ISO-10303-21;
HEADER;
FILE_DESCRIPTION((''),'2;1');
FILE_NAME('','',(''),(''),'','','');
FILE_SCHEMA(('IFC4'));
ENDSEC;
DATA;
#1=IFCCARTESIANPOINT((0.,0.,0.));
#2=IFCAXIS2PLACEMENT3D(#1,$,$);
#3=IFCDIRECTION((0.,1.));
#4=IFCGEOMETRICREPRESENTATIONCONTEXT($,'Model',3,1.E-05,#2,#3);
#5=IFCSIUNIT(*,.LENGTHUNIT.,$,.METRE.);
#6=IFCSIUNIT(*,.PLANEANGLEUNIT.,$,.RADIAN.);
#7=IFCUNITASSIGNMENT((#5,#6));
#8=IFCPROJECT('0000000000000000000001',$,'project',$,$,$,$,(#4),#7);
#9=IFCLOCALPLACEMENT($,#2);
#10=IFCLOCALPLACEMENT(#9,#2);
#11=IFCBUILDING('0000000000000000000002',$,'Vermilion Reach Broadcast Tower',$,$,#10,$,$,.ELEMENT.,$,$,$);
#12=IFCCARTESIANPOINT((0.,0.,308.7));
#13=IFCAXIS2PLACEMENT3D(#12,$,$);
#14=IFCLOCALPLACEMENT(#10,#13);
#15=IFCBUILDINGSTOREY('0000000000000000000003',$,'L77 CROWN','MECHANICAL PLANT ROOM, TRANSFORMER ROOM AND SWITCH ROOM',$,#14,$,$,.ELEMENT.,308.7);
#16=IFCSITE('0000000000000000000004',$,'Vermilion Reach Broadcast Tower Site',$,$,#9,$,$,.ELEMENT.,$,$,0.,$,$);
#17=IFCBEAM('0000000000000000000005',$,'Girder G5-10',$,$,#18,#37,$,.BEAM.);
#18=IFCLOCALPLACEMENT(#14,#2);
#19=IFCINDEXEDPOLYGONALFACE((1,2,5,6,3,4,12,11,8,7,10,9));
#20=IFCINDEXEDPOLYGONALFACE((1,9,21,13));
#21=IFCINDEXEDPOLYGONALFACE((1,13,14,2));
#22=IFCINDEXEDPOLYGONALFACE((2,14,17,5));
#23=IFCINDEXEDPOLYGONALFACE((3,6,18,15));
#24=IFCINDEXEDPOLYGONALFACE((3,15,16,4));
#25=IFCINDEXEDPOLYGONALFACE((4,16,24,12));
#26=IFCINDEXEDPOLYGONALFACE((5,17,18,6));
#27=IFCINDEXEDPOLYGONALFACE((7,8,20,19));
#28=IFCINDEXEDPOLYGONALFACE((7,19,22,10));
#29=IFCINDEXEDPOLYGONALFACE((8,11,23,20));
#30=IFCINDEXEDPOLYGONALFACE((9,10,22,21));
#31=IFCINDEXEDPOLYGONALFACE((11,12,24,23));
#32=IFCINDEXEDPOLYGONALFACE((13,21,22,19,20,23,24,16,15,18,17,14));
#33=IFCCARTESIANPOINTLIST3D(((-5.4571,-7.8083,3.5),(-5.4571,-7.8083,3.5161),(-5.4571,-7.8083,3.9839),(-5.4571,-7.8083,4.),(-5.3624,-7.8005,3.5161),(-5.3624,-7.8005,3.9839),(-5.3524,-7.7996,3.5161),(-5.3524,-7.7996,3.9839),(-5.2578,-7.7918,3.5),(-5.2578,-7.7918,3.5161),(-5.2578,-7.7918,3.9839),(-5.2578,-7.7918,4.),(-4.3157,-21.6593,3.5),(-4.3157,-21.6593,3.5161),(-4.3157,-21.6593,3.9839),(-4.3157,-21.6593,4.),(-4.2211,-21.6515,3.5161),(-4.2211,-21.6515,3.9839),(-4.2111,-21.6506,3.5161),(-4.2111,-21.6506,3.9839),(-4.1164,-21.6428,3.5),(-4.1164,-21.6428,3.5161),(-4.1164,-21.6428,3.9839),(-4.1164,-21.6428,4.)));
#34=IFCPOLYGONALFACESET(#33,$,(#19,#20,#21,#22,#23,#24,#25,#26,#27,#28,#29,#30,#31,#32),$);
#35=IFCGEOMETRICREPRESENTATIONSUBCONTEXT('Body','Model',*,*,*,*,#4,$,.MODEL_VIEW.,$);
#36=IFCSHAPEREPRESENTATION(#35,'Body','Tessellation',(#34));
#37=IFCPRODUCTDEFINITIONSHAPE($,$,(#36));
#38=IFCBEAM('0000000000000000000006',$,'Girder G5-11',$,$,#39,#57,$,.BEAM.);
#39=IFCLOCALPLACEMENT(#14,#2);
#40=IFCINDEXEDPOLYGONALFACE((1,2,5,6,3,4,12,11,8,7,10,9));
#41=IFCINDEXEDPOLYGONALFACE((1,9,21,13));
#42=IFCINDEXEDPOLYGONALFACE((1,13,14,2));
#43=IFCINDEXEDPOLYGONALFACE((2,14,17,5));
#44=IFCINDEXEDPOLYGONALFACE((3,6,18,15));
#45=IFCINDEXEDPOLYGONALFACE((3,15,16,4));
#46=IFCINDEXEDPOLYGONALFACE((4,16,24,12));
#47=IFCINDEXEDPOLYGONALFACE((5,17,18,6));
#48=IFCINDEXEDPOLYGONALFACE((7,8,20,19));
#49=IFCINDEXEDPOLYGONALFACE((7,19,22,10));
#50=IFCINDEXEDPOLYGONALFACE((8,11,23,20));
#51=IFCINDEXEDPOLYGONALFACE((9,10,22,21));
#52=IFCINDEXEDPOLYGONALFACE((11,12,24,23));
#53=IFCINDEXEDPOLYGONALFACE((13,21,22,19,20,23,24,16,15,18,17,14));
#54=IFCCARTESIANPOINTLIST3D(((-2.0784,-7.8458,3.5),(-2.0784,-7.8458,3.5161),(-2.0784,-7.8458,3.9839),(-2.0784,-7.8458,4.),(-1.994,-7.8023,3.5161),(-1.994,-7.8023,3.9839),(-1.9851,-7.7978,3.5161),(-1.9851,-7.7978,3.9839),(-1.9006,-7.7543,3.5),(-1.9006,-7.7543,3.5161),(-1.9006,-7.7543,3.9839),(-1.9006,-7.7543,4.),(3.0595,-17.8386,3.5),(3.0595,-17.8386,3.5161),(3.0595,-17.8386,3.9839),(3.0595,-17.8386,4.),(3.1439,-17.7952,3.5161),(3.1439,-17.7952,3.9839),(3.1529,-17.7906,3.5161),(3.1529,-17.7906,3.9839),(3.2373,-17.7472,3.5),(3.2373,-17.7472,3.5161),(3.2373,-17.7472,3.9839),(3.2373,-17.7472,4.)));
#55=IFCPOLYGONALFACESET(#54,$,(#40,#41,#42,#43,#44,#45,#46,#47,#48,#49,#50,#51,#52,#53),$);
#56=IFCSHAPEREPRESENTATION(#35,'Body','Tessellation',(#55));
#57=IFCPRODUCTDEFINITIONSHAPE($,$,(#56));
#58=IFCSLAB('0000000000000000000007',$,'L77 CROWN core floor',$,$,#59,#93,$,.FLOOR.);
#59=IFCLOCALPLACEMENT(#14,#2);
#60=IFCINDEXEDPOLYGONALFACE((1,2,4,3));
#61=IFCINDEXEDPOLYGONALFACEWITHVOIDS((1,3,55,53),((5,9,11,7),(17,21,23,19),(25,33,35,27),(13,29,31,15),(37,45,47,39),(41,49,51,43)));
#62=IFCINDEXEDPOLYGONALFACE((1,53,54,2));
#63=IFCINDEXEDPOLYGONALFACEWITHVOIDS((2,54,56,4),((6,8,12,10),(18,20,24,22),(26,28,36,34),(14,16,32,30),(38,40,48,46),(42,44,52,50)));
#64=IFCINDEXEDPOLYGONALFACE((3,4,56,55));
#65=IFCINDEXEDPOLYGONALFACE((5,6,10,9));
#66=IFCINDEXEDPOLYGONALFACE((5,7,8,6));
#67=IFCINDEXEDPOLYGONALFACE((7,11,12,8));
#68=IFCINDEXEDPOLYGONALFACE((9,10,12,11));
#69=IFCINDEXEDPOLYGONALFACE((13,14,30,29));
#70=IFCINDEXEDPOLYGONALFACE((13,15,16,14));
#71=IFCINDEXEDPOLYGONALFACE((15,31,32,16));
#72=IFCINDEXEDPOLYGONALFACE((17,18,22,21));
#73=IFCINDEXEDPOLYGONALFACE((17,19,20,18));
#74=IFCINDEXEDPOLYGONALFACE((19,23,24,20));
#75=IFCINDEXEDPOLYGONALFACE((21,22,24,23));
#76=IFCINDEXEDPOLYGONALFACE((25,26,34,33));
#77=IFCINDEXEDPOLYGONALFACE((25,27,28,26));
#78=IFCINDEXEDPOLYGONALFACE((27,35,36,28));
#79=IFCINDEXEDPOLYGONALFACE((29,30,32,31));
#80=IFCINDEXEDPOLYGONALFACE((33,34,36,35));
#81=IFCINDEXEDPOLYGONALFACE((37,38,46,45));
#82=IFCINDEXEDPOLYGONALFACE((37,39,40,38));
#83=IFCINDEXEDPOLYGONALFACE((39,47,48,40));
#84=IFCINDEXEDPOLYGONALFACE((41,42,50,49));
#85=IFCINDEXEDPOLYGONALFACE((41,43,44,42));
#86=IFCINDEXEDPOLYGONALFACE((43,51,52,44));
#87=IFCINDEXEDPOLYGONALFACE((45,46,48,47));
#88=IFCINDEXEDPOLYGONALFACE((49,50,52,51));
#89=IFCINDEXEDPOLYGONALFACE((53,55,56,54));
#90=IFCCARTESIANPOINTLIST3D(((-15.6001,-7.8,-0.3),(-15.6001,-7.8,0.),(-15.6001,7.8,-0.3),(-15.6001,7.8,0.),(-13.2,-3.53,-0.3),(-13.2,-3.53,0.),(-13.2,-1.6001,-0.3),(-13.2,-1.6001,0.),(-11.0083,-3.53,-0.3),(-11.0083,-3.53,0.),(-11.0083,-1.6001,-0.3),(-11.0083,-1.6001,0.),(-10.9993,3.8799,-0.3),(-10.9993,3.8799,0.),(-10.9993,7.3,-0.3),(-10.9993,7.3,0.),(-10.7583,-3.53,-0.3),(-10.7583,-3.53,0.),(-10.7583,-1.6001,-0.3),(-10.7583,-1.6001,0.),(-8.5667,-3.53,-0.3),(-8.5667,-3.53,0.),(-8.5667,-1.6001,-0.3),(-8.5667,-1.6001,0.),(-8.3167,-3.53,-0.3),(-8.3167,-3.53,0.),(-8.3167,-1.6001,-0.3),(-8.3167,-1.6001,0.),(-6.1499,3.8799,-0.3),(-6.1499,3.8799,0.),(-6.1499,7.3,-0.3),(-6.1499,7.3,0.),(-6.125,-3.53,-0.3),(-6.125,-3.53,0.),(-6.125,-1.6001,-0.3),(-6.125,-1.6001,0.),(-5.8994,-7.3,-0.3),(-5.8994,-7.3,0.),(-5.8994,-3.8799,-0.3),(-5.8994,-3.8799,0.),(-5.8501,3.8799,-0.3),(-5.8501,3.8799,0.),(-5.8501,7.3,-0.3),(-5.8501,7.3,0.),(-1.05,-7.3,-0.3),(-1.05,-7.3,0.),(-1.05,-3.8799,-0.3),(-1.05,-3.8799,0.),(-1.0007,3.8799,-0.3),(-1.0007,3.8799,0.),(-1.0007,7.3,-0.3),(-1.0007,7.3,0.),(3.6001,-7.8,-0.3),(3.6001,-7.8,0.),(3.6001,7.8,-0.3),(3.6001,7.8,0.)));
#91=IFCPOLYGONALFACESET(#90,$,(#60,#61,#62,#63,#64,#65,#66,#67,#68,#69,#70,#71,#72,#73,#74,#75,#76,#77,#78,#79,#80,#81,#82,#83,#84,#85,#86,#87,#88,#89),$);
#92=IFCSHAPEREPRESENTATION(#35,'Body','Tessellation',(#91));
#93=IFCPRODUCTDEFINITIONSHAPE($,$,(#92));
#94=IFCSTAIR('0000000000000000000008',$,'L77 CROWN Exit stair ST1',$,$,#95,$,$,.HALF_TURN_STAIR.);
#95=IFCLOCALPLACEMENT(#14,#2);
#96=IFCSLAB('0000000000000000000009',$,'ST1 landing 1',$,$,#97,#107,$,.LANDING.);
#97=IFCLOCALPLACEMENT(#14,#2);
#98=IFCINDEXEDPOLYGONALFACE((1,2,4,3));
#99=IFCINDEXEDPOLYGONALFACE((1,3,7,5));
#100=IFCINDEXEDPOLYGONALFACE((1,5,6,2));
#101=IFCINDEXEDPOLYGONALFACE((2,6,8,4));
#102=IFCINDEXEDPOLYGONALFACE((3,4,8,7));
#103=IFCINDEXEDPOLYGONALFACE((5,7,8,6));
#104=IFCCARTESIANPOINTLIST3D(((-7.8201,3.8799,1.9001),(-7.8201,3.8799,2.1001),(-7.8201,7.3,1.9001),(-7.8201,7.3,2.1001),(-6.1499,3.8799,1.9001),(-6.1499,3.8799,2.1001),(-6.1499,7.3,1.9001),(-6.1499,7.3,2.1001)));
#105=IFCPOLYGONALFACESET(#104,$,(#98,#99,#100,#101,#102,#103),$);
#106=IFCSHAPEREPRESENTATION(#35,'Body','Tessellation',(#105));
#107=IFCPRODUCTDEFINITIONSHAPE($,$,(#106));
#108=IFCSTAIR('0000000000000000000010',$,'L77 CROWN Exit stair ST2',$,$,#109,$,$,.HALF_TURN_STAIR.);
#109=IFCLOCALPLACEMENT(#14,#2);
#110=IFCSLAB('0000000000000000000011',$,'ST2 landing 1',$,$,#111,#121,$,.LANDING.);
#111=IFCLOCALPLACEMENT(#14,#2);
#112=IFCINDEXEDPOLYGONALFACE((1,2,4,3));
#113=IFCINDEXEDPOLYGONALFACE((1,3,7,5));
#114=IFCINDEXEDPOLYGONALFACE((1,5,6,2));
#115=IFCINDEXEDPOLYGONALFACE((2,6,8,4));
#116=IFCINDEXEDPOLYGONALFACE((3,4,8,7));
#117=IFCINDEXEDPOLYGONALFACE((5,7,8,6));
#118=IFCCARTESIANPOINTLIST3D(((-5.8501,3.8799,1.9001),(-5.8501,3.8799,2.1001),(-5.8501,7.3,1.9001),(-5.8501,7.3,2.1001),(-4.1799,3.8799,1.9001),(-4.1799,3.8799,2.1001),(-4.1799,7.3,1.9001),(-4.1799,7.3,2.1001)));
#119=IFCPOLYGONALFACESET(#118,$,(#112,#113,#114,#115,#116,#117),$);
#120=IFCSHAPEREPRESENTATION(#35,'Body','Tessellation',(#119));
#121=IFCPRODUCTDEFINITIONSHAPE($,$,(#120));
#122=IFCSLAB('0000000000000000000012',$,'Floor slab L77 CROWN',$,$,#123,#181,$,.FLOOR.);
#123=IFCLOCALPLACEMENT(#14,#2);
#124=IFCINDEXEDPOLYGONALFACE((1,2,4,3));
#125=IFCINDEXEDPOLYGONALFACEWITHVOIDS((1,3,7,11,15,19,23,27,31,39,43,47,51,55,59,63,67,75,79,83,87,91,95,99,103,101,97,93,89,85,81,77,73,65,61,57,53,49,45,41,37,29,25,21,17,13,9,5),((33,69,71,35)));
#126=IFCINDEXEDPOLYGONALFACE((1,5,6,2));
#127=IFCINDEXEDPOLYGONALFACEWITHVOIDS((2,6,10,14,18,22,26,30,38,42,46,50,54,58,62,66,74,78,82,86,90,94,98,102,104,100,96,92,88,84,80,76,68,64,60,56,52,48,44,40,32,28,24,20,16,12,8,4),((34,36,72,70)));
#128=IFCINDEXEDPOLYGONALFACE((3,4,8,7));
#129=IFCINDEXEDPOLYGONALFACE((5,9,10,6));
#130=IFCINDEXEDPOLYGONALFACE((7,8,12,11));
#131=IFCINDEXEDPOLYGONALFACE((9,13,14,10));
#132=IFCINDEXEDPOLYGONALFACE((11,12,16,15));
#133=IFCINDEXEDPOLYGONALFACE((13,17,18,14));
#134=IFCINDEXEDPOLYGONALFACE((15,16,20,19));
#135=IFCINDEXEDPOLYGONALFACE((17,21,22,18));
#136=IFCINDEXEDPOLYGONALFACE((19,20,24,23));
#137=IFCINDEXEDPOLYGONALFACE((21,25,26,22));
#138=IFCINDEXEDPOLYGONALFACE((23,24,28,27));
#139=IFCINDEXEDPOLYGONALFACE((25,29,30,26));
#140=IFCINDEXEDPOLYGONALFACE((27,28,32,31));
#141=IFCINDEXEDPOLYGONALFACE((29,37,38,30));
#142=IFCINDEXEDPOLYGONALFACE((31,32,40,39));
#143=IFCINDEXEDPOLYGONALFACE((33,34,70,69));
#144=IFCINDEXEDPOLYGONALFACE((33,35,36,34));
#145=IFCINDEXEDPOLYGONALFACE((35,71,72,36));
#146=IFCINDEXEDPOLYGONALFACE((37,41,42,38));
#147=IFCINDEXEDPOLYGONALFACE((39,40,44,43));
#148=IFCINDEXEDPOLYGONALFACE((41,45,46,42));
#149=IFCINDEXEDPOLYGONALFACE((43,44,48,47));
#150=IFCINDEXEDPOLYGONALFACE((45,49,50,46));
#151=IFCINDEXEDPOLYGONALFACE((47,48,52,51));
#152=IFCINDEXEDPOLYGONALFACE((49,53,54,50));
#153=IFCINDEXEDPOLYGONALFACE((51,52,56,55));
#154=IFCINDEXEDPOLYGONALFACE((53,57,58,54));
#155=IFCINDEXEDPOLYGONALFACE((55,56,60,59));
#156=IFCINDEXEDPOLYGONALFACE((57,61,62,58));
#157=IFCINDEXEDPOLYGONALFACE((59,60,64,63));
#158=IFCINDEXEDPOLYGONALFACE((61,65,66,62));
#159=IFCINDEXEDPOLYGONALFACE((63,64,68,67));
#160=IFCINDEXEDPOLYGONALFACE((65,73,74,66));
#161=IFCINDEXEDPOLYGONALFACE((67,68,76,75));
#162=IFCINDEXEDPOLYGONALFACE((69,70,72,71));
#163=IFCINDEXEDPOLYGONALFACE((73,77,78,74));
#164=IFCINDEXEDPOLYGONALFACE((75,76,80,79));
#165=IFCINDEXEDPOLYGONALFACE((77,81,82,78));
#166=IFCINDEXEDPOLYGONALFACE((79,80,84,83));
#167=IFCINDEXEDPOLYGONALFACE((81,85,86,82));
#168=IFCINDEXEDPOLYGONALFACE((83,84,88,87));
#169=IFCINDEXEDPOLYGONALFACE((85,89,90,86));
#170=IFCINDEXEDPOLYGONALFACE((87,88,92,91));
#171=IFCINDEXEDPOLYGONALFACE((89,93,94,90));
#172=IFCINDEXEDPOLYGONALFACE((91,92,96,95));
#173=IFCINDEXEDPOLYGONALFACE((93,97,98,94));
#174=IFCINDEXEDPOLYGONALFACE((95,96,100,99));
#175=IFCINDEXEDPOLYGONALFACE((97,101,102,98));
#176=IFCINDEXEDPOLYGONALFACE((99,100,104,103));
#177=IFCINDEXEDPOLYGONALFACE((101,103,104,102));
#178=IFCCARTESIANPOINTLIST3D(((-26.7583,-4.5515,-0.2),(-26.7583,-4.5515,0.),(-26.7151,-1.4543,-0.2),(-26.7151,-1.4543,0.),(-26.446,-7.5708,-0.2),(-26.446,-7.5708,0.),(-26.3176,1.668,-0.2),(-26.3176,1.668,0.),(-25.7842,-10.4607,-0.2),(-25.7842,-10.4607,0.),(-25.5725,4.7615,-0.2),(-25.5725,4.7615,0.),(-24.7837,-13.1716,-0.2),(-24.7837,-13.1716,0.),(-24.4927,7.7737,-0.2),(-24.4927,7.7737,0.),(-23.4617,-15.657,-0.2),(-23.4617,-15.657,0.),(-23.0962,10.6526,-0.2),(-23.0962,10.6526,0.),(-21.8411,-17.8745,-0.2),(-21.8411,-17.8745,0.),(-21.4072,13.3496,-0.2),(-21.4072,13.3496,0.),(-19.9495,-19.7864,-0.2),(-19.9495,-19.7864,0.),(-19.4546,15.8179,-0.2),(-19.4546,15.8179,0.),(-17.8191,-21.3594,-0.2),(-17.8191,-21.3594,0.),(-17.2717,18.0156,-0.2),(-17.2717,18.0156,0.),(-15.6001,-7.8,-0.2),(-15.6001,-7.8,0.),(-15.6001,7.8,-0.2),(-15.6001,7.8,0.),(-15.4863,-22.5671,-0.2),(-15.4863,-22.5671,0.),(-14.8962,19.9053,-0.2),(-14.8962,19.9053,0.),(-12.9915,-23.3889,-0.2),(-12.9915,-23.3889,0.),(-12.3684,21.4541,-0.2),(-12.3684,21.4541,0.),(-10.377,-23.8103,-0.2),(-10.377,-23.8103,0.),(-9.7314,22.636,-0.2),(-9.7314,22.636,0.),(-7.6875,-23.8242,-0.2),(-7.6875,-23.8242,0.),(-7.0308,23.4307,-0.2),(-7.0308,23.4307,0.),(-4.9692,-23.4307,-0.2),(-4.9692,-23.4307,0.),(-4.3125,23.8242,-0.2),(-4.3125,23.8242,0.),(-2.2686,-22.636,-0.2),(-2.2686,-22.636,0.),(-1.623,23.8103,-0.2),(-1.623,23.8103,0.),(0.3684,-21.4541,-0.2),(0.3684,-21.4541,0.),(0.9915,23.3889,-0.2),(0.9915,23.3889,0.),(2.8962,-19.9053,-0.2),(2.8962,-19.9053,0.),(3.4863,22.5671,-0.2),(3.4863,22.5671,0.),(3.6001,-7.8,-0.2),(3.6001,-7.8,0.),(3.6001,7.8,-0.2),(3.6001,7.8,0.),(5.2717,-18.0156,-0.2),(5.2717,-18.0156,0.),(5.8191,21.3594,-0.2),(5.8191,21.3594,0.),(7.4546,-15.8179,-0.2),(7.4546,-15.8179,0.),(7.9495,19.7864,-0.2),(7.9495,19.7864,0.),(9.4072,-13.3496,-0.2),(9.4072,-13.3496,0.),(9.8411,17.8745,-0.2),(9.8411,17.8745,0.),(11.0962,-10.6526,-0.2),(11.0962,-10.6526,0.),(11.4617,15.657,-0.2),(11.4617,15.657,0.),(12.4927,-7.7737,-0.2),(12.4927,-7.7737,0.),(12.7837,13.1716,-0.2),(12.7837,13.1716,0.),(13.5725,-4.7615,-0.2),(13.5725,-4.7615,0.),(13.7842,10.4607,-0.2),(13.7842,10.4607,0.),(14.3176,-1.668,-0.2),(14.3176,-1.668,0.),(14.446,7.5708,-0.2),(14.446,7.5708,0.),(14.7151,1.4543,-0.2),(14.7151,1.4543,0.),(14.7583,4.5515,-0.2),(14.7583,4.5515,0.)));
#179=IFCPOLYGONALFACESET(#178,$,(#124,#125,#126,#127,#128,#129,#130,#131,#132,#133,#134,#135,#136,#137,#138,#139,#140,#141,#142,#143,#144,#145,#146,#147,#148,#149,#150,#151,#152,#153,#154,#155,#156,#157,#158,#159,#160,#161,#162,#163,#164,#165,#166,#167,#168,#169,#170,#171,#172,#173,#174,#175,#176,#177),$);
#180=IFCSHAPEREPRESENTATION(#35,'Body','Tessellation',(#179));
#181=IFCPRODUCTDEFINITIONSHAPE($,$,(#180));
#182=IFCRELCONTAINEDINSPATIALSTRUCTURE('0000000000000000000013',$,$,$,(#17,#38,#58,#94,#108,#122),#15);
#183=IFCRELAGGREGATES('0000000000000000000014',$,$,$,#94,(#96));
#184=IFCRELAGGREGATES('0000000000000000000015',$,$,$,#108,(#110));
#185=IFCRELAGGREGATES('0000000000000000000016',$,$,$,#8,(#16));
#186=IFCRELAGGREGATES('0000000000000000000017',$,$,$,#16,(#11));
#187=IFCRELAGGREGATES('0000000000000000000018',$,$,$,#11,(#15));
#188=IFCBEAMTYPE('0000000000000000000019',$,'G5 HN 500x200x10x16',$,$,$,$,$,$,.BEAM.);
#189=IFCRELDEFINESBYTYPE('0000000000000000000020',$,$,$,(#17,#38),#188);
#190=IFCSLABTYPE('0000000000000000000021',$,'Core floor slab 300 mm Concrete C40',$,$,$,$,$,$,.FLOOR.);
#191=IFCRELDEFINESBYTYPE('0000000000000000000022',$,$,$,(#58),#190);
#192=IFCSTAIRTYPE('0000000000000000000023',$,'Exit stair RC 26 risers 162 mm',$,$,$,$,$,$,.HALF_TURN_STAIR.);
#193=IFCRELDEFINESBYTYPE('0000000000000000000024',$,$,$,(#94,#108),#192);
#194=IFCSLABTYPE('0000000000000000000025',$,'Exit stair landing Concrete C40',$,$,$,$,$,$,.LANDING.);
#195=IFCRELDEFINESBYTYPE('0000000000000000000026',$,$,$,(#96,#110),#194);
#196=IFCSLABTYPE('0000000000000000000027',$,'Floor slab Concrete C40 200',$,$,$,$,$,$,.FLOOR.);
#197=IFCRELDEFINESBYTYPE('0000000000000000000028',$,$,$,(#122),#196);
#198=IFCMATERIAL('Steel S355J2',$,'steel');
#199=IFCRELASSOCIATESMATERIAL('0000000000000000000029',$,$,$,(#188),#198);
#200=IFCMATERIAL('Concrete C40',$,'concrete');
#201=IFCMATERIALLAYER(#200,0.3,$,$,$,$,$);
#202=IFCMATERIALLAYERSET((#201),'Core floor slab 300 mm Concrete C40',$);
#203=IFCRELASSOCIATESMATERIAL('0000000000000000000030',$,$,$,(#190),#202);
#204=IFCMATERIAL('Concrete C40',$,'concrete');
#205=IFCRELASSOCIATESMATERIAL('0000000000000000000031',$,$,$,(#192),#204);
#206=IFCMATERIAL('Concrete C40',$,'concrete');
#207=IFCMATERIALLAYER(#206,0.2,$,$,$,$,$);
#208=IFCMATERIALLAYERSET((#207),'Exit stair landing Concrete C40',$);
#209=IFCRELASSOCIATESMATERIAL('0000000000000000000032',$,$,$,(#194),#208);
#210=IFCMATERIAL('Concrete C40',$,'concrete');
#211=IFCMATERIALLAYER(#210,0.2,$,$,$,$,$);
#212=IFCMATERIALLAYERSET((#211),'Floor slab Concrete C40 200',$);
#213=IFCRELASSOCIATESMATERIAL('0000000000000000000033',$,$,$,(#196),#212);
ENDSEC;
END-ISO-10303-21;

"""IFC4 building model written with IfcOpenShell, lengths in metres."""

from ifc_helpers import new_model, si_unit, direction, frame, origin, origin_2d, place, context, subcontext, project, spatial, polyline, i_section, outline, extrude, material, layer, layer_set, material_profile, profile_set, type_object, element, aggregate, save


model = new_model("IFC4")

# Units and contexts
model_context = context("Model", 3, precision=1e-05, world=origin(), true_north=direction((0.0, 1.0)))
body_context = subcontext(model_context, "Body", "Model", "MODEL_VIEW")
ifc_project = project(units=[si_unit("LENGTHUNIT", "METRE"), si_unit("PLANEANGLEUNIT", "RADIAN")], contexts=[model_context])

# Site, building, storey
site_placement = place(None, origin())
site = spatial("IfcSite", under=ifc_project, at=site_placement, Name="Vermilion Reach Broadcast Tower Site", CompositionType="ELEMENT", RefElevation=0.0)
building_placement = place(site_placement, origin())
building = spatial("IfcBuilding", under=site, at=building_placement, Name="Vermilion Reach Broadcast Tower", CompositionType="ELEMENT")
storey_placement = place(building_placement, frame((0.0, 0.0, 308.7)))
storey = spatial("IfcBuildingStorey", under=building, at=storey_placement, Name="L77 CROWN", Description="MECHANICAL PLANT ROOM, TRANSFORMER ROOM AND SWITCH ROOM", CompositionType="ELEMENT", Elevation=308.7)

# Beams
ifc_material_1 = material(Name="Steel S355J2", Category="steel")
ifc_material_profile = material_profile(ifc_material_1, i_section(OverallWidth=0.2, OverallDepth=0.5, WebThickness=0.01, FlangeThickness=0.0161, at=origin_2d()), Name="S355J2 HN 500x200x10x16")
ifc_profile_set = profile_set([ifc_material_profile], Name="Steel S355J2")
beam_type = type_object("IfcBeamType", Name="G5 HN 500x200x10x16", PredefinedType="BEAM", material=ifc_profile_set)
beam_1_placement = place(storey_placement, frame((-5.3574, -7.8, 3.75), z_axis=(0.082124, -0.996622, 0.0), x_axis=(0.996622, 0.082124, 0.0)))
element("IfcBeam", 1, at=beam_1_placement, inside=storey, type_object=beam_type, Name="Girder G5-10", PredefinedType="BEAM", context=body_context, shape_type="SweptSolid", body=[
    extrude(i_section(OverallWidth=0.2, OverallDepth=0.5, WebThickness=0.01, FlangeThickness=0.0161, at=origin_2d()), origin(), (0.0, 0.0, 1.0), 13.8979),
])
beam_2_placement = place(storey_placement, frame((-1.9895, -7.8, 3.75), z_axis=(0.457258, -0.889334, 0.0), x_axis=(0.889334, 0.457258, 0.0)))
element("IfcBeam", 2, at=beam_2_placement, inside=storey, type_object=beam_type, Name="Girder G5-11", PredefinedType="BEAM", context=body_context, shape_type="SweptSolid", body=[
    extrude(i_section(OverallWidth=0.2, OverallDepth=0.5, WebThickness=0.01, FlangeThickness=0.0161, at=origin_2d()), origin(), (0.0, 0.0, 1.0), 11.2363),
])

# Slab
ifc_material_2 = material(Name="Concrete C40", Category="concrete")
ifc_layer_1 = layer(ifc_material_2, 0.3)
ifc_layer_set_1 = layer_set([ifc_layer_1], Name="Core floor slab 300 mm Concrete C40")
slab_type_1 = type_object("IfcSlabType", Name="Core floor slab 300 mm Concrete C40", PredefinedType="FLOOR", material=ifc_layer_set_1)
slab_1_placement = place(storey_placement, frame((0.0, 0.0, -0.3)))
element("IfcSlab", 3, at=slab_1_placement, inside=storey, type_object=slab_type_1, Name="L77 CROWN core floor", PredefinedType="FLOOR", context=body_context, shape_type="SweptSolid", body=[
    extrude(outline(polyline([(-15.6001, -7.8), (3.6001, -7.8), (3.6001, 7.8), (-15.6001, 7.8), (-15.6001, -7.8)]), holes=[polyline([(-13.2, -3.53), (-11.0083, -3.53), (-11.0083, -1.6001), (-13.2, -1.6001), (-13.2, -3.53)]), polyline([(-10.7583, -3.53), (-8.5667, -3.53), (-8.5667, -1.6001), (-10.7583, -1.6001), (-10.7583, -3.53)]), polyline([(-8.3167, -3.53), (-6.125, -3.53), (-6.125, -1.6001), (-8.3167, -1.6001), (-8.3167, -3.53)]), polyline([(-10.9993, 3.8799), (-6.1499, 3.8799), (-6.1499, 7.3), (-10.9993, 7.3), (-10.9993, 3.8799)]), polyline([(-1.0007, 7.3), (-5.8501, 7.3), (-5.8501, 3.8799), (-1.0007, 3.8799), (-1.0007, 7.3)]), polyline([(-5.8994, -7.3), (-1.05, -7.3), (-1.05, -3.8799), (-5.8994, -3.8799), (-5.8994, -7.3)])]), origin(), (0.0, 0.0, 1.0), 0.3),
])

# Stairs, slabs
ifc_material_3 = material(Name="Concrete C40", Category="concrete")
stair_type = type_object("IfcStairType", Name="Exit stair RC 26 risers 162 mm", PredefinedType="HALF_TURN_STAIR", material=ifc_material_3)
placement_1 = place(storey_placement, origin())
stair_1 = element("IfcStair", 4, at=placement_1, inside=storey, type_object=stair_type, Name="L77 CROWN Exit stair ST1", PredefinedType="HALF_TURN_STAIR")
ifc_material_4 = material(Name="Concrete C40", Category="concrete")
ifc_layer_2 = layer(ifc_material_4, 0.2)
ifc_layer_set_2 = layer_set([ifc_layer_2], Name="Exit stair landing Concrete C40")
slab_type_2 = type_object("IfcSlabType", Name="Exit stair landing Concrete C40", PredefinedType="LANDING", material=ifc_layer_set_2)
placement_2 = place(storey_placement, frame((0.0, 0.0, 1.9001)))
slab_2 = element("IfcSlab", 5, at=placement_2, type_object=slab_type_2, Name="ST1 landing 1", PredefinedType="LANDING", context=body_context, shape_type="SweptSolid", body=[
    extrude(outline(polyline([(-7.8201, 3.8799), (-6.1499, 3.8799), (-6.1499, 7.3), (-7.8201, 7.3), (-7.8201, 3.8799)])), origin(), (0.0, 0.0, 1.0), 0.2),
])
aggregate(stair_1, [slab_2])
stair_2 = element("IfcStair", 6, at=placement_1, inside=storey, type_object=stair_type, Name="L77 CROWN Exit stair ST2", PredefinedType="HALF_TURN_STAIR")
slab_3 = element("IfcSlab", 7, at=placement_2, type_object=slab_type_2, Name="ST2 landing 1", PredefinedType="LANDING", context=body_context, shape_type="SweptSolid", body=[
    extrude(outline(polyline([(-4.1799, 7.3), (-5.8501, 7.3), (-5.8501, 3.8799), (-4.1799, 3.8799), (-4.1799, 7.3)])), origin(), (0.0, 0.0, 1.0), 0.2),
])
aggregate(stair_2, [slab_3])

# Slab
ifc_material_5 = material(Name="Concrete C40", Category="concrete")
ifc_layer_3 = layer(ifc_material_5, 0.2)
ifc_layer_set_3 = layer_set([ifc_layer_3], Name="Floor slab Concrete C40 200")
slab_type_3 = type_object("IfcSlabType", Name="Floor slab Concrete C40 200", PredefinedType="FLOOR", material=ifc_layer_set_3)
slab_4_placement = place(storey_placement, frame((0.0, 0.0, -0.2)))
element("IfcSlab", 8, at=slab_4_placement, inside=storey, type_object=slab_type_3, Name="Floor slab L77 CROWN", PredefinedType="FLOOR", context=body_context, shape_type="SweptSolid", body=[
    extrude(outline(polyline([(3.4863, 22.5671), (0.9915, 23.3889), (-1.623, 23.8103), (-4.3125, 23.8242), (-7.0308, 23.4307), (-9.7314, 22.636), (-12.3684, 21.4541), (-14.8962, 19.9053), (-17.2717, 18.0156), (-19.4546, 15.8179), (-21.4072, 13.3496), (-23.0962, 10.6526), (-24.4927, 7.7737), (-25.5725, 4.7615), (-26.3176, 1.668), (-26.7151, -1.4543), (-26.7583, -4.5515), (-26.446, -7.5708), (-25.7842, -10.4607), (-24.7837, -13.1716), (-23.4617, -15.657), (-21.8411, -17.8745), (-19.9495, -19.7864), (-17.8191, -21.3594), (-15.4863, -22.5671), (-12.9915, -23.3889), (-10.377, -23.8103), (-7.6875, -23.8242), (-4.9692, -23.4307), (-2.2686, -22.636), (0.3684, -21.4541), (2.8962, -19.9053), (5.2717, -18.0156), (7.4546, -15.8179), (9.4072, -13.3496), (11.0962, -10.6526), (12.4927, -7.7737), (13.5725, -4.7615), (14.3176, -1.668), (14.7151, 1.4543), (14.7583, 4.5515), (14.446, 7.5708), (13.7842, 10.4607), (12.7837, 13.1716), (11.4617, 15.657), (9.8411, 17.8745), (7.9495, 19.7864), (5.8191, 21.3594), (3.4863, 22.5671)]), holes=[polyline([(-15.6001, -7.8), (3.6001, -7.8), (3.6001, 7.8), (-15.6001, 7.8), (-15.6001, -7.8)])]), origin(), (0.0, 0.0, 1.0), 0.2),
])

save(model, "model.ifc")
